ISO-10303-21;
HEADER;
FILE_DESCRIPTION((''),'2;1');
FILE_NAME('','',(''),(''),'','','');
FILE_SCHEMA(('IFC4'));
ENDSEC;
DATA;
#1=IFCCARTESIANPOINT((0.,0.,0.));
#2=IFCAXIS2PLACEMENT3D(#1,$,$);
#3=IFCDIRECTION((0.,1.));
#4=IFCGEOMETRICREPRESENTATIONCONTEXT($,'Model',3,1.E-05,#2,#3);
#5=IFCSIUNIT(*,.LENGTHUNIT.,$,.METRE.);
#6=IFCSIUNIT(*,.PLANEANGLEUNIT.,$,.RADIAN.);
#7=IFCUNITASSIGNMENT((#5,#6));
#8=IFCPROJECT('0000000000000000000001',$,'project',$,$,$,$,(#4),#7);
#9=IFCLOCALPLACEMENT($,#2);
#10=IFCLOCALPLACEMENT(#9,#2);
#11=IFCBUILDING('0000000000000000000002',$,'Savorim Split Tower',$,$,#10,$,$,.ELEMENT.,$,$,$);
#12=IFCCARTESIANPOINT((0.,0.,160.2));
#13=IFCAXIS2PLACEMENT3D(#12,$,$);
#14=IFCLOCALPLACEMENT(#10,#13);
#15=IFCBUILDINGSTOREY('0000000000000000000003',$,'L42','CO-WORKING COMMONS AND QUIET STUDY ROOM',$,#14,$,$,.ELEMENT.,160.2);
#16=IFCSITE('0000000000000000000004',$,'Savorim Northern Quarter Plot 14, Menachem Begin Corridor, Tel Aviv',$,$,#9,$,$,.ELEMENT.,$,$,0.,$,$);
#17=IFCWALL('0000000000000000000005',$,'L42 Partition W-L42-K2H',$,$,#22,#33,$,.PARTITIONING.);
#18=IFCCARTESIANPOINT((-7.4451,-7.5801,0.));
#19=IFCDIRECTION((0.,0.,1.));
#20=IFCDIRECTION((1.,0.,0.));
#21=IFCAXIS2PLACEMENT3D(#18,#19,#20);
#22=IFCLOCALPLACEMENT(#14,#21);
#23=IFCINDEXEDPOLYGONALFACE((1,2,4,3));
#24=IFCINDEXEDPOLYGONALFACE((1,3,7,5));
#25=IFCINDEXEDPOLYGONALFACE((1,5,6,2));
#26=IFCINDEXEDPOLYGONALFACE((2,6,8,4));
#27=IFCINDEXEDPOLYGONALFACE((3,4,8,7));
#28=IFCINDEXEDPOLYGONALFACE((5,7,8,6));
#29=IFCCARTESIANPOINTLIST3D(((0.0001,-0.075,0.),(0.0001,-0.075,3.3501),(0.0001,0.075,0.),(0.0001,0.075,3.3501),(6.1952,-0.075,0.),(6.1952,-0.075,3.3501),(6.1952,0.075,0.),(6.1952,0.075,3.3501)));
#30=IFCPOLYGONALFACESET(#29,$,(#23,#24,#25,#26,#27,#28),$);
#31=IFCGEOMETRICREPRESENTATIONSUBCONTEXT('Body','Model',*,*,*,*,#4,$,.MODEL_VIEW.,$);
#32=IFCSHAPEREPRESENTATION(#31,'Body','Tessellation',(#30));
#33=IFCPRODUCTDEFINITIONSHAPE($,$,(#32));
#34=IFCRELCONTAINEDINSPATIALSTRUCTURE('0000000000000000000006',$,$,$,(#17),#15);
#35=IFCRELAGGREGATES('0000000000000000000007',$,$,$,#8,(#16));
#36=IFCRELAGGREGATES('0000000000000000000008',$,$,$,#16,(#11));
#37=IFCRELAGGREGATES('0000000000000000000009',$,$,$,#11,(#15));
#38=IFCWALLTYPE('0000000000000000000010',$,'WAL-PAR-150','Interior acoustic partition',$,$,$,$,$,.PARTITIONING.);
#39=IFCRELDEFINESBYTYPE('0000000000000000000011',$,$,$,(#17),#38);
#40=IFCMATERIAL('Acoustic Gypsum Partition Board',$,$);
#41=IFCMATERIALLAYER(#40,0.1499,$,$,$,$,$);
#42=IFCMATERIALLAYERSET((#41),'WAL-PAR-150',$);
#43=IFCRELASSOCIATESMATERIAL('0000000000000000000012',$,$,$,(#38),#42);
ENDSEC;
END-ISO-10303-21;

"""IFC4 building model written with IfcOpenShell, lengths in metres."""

from ifc_helpers import new_model, si_unit, direction, frame, frame_2d, origin, place, context, subcontext, project, spatial, rectangle, extrude, material, layer, layer_set, type_object, element, save


model = new_model("IFC4")

# Units and contexts
model_context = context("Model", 3, precision=1e-05, world=origin(), true_north=direction((0.0, 1.0)))
body_context = subcontext(model_context, "Body", "Model", "MODEL_VIEW")
ifc_project = project(units=[si_unit("LENGTHUNIT", "METRE"), si_unit("PLANEANGLEUNIT", "RADIAN")], contexts=[model_context])

# Site, building, storey
site_placement = place(None, origin())
site = spatial("IfcSite", under=ifc_project, at=site_placement, Name="Savorim Northern Quarter Plot 14, Menachem Begin Corridor, Tel Aviv", CompositionType="ELEMENT", RefElevation=0.0)
building_placement = place(site_placement, origin())
building = spatial("IfcBuilding", under=site, at=building_placement, Name="Savorim Split Tower", CompositionType="ELEMENT")
storey_placement = place(building_placement, frame((0.0, 0.0, 160.2)))
storey = spatial("IfcBuildingStorey", under=building, at=storey_placement, Name="L42", Description="CO-WORKING COMMONS AND QUIET STUDY ROOM", CompositionType="ELEMENT", Elevation=160.2)

# Shared definitions
ifc_material_1 = material(Name="Acoustic Gypsum Partition Board")
ifc_layer_1 = layer(ifc_material_1, 0.1499)
ifc_layer_set_1 = layer_set([ifc_layer_1], Name="WAL-PAR-150")
wall_type_1 = type_object("IfcWallType", Name="WAL-PAR-150", Description="Interior acoustic partition", PredefinedType="PARTITIONING", material=ifc_layer_set_1)

# Wall
wall_1_placement = place(storey_placement, frame((-7.4451, -7.5801, 0.0), z_axis=(0.0, 0.0, 1.0), x_axis=(1.0, 0.0, 0.0)))
element("IfcWall", 1, at=wall_1_placement, inside=storey, type_object=wall_type_1, Name="L42 Partition W-L42-K2H", PredefinedType="PARTITIONING", context=body_context, shape_type="SweptSolid", body=[
    extrude(rectangle(XDim=6.1951, YDim=0.1499, at=frame_2d((3.0977, 0.0))), origin(), (0.0, 0.0, 1.0), 3.3501),
])

save(model, "model.ifc")
